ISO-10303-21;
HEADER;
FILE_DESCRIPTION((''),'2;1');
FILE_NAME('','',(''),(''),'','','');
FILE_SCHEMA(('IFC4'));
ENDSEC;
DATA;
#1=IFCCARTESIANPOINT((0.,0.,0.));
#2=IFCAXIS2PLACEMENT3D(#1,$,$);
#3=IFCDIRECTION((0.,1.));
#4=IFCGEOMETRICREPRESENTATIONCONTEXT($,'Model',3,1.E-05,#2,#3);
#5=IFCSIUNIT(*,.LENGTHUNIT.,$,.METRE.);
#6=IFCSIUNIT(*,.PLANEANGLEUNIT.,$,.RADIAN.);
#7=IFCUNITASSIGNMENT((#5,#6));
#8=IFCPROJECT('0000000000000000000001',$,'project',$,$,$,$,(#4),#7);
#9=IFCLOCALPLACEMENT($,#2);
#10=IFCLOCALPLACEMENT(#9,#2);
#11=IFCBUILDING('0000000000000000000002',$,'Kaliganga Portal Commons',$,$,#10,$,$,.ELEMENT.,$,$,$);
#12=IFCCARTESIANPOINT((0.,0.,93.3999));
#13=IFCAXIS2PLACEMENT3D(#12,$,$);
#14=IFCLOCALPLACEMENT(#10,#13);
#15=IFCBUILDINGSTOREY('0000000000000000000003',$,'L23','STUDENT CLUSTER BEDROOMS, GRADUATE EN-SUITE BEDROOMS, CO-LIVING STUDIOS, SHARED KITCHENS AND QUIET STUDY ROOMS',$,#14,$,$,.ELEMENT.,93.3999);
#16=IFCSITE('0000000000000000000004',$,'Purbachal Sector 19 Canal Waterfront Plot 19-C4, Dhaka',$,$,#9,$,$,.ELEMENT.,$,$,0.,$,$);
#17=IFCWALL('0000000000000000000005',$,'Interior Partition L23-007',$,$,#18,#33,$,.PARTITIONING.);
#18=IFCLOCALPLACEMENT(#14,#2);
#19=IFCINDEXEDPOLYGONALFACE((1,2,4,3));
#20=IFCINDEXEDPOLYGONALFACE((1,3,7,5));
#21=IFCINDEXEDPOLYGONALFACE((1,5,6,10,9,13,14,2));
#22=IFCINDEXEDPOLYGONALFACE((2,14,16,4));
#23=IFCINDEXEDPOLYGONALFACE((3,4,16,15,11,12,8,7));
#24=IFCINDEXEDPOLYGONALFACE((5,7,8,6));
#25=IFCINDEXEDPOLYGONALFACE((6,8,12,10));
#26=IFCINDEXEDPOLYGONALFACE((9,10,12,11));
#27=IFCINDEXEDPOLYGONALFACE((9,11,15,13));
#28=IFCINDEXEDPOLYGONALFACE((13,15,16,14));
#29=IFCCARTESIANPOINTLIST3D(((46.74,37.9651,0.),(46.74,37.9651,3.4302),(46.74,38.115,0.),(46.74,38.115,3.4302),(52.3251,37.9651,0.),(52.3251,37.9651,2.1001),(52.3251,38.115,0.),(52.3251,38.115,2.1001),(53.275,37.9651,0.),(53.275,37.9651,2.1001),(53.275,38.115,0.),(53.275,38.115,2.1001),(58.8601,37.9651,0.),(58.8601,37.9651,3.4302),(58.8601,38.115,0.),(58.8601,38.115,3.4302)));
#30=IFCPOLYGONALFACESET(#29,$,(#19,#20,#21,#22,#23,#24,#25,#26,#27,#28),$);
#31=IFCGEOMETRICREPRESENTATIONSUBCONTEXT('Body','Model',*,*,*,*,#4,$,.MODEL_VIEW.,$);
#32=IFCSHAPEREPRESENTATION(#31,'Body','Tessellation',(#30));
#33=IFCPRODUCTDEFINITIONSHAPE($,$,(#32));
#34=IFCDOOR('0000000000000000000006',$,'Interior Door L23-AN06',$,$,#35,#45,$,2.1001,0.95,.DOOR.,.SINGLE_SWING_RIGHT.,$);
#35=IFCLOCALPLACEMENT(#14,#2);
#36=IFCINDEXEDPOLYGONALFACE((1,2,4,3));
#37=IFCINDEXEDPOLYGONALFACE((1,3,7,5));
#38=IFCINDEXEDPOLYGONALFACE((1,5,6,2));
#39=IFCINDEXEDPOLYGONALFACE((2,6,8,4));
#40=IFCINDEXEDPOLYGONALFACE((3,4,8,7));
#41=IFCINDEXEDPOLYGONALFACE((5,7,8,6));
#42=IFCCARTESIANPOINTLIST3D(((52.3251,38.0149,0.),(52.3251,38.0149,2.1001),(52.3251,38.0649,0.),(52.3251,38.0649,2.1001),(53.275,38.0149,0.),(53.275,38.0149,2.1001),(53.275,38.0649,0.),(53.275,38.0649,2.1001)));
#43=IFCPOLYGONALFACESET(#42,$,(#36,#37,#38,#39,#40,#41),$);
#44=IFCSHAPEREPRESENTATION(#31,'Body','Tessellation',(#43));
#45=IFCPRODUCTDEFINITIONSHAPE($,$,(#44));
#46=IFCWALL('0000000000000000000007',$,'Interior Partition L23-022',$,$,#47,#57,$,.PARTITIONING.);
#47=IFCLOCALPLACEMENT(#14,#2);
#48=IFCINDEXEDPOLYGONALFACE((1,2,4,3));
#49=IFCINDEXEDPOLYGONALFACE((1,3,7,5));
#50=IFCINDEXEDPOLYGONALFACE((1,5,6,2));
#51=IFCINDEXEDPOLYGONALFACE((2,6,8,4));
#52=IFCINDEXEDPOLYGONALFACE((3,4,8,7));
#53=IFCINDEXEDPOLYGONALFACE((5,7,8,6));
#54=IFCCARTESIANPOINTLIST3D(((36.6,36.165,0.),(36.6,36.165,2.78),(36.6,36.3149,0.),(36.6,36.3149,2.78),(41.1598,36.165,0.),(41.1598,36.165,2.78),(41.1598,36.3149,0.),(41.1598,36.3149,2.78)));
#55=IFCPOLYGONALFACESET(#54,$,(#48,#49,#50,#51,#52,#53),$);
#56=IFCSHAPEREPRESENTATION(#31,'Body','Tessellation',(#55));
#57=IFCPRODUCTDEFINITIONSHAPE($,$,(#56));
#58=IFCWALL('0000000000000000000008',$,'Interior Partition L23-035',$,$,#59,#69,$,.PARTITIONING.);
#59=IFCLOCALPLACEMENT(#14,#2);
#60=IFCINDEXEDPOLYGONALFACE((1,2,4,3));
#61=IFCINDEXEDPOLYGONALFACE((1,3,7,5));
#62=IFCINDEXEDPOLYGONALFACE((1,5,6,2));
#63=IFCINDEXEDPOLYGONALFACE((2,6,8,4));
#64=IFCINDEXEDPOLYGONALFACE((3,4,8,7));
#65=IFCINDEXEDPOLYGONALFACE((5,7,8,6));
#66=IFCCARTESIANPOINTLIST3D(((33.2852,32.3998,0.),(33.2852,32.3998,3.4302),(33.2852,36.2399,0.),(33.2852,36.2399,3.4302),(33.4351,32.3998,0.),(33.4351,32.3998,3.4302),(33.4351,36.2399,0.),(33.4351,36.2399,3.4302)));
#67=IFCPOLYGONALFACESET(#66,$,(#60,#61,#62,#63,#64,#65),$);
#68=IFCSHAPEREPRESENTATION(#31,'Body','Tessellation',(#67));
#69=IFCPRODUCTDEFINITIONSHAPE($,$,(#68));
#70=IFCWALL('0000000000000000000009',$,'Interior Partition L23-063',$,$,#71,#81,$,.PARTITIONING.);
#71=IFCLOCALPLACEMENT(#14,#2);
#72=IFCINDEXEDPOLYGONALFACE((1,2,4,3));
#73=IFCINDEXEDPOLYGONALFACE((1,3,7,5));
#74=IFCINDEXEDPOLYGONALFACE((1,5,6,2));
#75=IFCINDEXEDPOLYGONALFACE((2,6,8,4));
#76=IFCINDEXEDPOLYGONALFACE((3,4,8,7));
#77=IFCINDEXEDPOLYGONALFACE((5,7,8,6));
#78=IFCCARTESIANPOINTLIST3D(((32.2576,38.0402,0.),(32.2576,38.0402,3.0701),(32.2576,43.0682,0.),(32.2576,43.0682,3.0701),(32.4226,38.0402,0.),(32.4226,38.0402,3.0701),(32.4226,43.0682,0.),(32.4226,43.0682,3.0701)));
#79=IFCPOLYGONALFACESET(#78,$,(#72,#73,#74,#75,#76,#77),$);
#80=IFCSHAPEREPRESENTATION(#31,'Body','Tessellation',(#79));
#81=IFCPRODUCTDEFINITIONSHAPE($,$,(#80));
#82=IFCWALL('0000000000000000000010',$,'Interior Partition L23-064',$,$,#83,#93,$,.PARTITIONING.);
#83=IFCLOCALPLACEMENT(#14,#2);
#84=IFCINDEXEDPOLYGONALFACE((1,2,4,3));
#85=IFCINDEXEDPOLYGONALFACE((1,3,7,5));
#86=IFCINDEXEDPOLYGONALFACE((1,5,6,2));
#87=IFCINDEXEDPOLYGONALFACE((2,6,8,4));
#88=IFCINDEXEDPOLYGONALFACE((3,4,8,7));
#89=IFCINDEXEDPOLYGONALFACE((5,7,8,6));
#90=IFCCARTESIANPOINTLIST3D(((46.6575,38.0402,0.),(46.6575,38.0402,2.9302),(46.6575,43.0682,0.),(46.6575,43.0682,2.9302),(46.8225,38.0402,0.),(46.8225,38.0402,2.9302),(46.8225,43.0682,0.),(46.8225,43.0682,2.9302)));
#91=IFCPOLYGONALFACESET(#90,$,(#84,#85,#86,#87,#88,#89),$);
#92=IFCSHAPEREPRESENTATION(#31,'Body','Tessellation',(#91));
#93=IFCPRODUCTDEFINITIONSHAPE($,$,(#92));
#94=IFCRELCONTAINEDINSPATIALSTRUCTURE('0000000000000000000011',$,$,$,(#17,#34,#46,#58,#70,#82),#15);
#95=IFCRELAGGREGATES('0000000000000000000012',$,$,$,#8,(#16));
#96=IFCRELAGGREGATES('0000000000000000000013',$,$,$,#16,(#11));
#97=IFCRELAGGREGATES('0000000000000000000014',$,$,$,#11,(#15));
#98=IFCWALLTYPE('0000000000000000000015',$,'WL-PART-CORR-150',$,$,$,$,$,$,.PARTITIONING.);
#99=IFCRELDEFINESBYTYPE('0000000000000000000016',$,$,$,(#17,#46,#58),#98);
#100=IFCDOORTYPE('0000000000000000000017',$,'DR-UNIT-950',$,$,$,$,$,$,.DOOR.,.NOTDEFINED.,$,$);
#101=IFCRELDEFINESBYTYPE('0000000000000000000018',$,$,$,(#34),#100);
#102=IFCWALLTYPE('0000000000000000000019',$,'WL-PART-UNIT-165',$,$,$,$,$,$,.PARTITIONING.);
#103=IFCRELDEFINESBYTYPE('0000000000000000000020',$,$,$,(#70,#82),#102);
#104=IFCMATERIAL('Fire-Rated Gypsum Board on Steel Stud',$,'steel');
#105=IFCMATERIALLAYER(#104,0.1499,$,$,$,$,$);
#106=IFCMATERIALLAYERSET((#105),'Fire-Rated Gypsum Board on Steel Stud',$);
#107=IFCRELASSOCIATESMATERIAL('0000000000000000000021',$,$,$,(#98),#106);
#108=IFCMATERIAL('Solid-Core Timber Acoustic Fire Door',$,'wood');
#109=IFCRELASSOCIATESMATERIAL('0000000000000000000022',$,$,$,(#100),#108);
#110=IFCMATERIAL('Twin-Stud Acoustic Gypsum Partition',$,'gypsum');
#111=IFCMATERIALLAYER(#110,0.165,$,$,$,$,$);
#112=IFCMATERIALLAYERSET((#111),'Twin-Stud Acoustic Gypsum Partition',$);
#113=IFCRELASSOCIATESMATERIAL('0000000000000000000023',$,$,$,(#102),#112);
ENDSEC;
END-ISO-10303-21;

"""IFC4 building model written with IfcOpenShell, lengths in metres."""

from ifc_helpers import new_model, si_unit, direction, frame, frame_2d, origin, place, context, subcontext, project, spatial, rectangle, extrude, material, layer, layer_set, type_object, element, fill, save


model = new_model("IFC4")

# Units and contexts
model_context = context("Model", 3, precision=1e-05, world=origin(), true_north=direction((0.0, 1.0)))
body_context = subcontext(model_context, "Body", "Model", "MODEL_VIEW")
ifc_project = project(units=[si_unit("LENGTHUNIT", "METRE"), si_unit("PLANEANGLEUNIT", "RADIAN")], contexts=[model_context])

# Site, building, storey
site_placement = place(None, origin())
site = spatial("IfcSite", under=ifc_project, at=site_placement, Name="Purbachal Sector 19 Canal Waterfront Plot 19-C4, Dhaka", CompositionType="ELEMENT", RefElevation=0.0)
building_placement = place(site_placement, origin())
building = spatial("IfcBuilding", under=site, at=building_placement, Name="Kaliganga Portal Commons", CompositionType="ELEMENT")
storey_placement = place(building_placement, frame((0.0, 0.0, 93.3999)))
storey = spatial("IfcBuildingStorey", under=building, at=storey_placement, Name="L23", Description="STUDENT CLUSTER BEDROOMS, GRADUATE EN-SUITE BEDROOMS, CO-LIVING STUDIOS, SHARED KITCHENS AND QUIET STUDY ROOMS", CompositionType="ELEMENT", Elevation=93.3999)

# Wall, opening, door
ifc_material_1 = material(Name="Fire-Rated Gypsum Board on Steel Stud", Category="steel")
ifc_layer_1 = layer(ifc_material_1, 0.1499)
ifc_layer_set_1 = layer_set([ifc_layer_1], Name="Fire-Rated Gypsum Board on Steel Stud")
wall_type_1 = type_object("IfcWallType", Name="WL-PART-CORR-150", PredefinedType="PARTITIONING", material=ifc_layer_set_1)
wall_1_placement = place(storey_placement, frame((46.74, 38.04, 0.0), z_axis=(0.0, 0.0, 1.0), x_axis=(1.0, 0.0, 0.0)))
wall_1 = element("IfcWall", 1, at=wall_1_placement, inside=storey, type_object=wall_type_1, Name="Interior Partition L23-007", PredefinedType="PARTITIONING", context=body_context, shape_type="SweptSolid", body=[
    extrude(rectangle(XDim=12.1201, YDim=0.1499, at=frame_2d((6.0601, 0.0))), origin(), (0.0, 0.0, 1.0), 3.4302),
])
opening_1_placement = place(wall_1_placement, frame((5.585, 0.0, 0.0)))
opening_1 = element("IfcOpeningElement", 2, at=opening_1_placement, cuts=wall_1, PredefinedType="OPENING", context=body_context, shape_type="SweptSolid", body=[
    extrude(rectangle(XDim=0.95, YDim=2.1001, at=frame_2d((0.4751, 1.05))), frame((0.0, 0.085, 0.0), z_axis=(0.0, -1.0, 0.0), x_axis=(1.0, 0.0, 0.0)), (0.0, 0.0, 1.0), 0.1699),
])
ifc_material_2 = material(Name="Solid-Core Timber Acoustic Fire Door", Category="wood")
door_type_1 = type_object("IfcDoorType", Name="DR-UNIT-950", OperationType="NOTDEFINED", PredefinedType="DOOR", material=ifc_material_2)
door_1_placement = place(opening_1_placement, origin())
door_1 = element("IfcDoor", 3, at=door_1_placement, inside=storey, type_object=door_type_1, Name="Interior Door L23-AN06", OperationType="SINGLE_SWING_RIGHT", OverallHeight=2.1001, OverallWidth=0.95, PredefinedType="DOOR", context=body_context, shape_type="SweptSolid", body=[
    extrude(rectangle(XDim=0.95, YDim=2.1001, at=frame_2d((0.4751, 1.05))), frame((0.0, 0.0249, 0.0), z_axis=(0.0, -1.0, 0.0), x_axis=(1.0, 0.0, 0.0)), (0.0, 0.0, 1.0), 0.05),
])
fill(opening_1, door_1)

# Wall
wall_2_placement = place(storey_placement, frame((36.6001, 36.24, 0.0), z_axis=(0.0, 0.0, 1.0), x_axis=(1.0, 0.0, 0.0)))
element("IfcWall", 4, at=wall_2_placement, inside=storey, type_object=wall_type_1, Name="Interior Partition L23-022", PredefinedType="PARTITIONING", context=body_context, shape_type="SweptSolid", body=[
    extrude(rectangle(XDim=4.5598, YDim=0.1499, at=frame_2d((2.2798, 0.0))), origin(), (0.0, 0.0, 1.0), 2.78),
])

# Walls
wall_3_placement = place(storey_placement, frame((33.3601, 32.3999, 0.0), z_axis=(0.0, 0.0, 1.0), x_axis=(0.0, 1.0, 0.0)))
element("IfcWall", 5, at=wall_3_placement, inside=storey, type_object=wall_type_1, Name="Interior Partition L23-035", PredefinedType="PARTITIONING", context=body_context, shape_type="SweptSolid", body=[
    extrude(rectangle(XDim=3.8401, YDim=0.1499, at=frame_2d((1.9199, 0.0))), origin(), (0.0, 0.0, 1.0), 3.4302),
])
ifc_material_3 = material(Name="Twin-Stud Acoustic Gypsum Partition", Category="gypsum")
ifc_layer_2 = layer(ifc_material_3, 0.165)
ifc_layer_set_2 = layer_set([ifc_layer_2], Name="Twin-Stud Acoustic Gypsum Partition")
wall_type_2 = type_object("IfcWallType", Name="WL-PART-UNIT-165", PredefinedType="PARTITIONING", material=ifc_layer_set_2)
wall_4_placement = place(storey_placement, frame((32.3401, 38.04, 0.0), z_axis=(0.0, 0.0, 1.0), x_axis=(0.0, 1.0, 0.0)))
element("IfcWall", 6, at=wall_4_placement, inside=storey, type_object=wall_type_2, Name="Interior Partition L23-063", PredefinedType="PARTITIONING", context=body_context, shape_type="SweptSolid", body=[
    extrude(rectangle(XDim=5.0281, YDim=0.165, at=frame_2d((2.5142, 0.0))), origin(), (0.0, 0.0, 1.0), 3.0701),
])
wall_5_placement = place(storey_placement, frame((46.74, 38.04, 0.0), z_axis=(0.0, 0.0, 1.0), x_axis=(0.0, 1.0, 0.0)))
element("IfcWall", 7, at=wall_5_placement, inside=storey, type_object=wall_type_2, Name="Interior Partition L23-064", PredefinedType="PARTITIONING", context=body_context, shape_type="SweptSolid", body=[
    extrude(rectangle(XDim=5.0281, YDim=0.165, at=frame_2d((2.5142, 0.0))), origin(), (0.0, 0.0, 1.0), 2.9302),
])

save(model, "model.ifc")
